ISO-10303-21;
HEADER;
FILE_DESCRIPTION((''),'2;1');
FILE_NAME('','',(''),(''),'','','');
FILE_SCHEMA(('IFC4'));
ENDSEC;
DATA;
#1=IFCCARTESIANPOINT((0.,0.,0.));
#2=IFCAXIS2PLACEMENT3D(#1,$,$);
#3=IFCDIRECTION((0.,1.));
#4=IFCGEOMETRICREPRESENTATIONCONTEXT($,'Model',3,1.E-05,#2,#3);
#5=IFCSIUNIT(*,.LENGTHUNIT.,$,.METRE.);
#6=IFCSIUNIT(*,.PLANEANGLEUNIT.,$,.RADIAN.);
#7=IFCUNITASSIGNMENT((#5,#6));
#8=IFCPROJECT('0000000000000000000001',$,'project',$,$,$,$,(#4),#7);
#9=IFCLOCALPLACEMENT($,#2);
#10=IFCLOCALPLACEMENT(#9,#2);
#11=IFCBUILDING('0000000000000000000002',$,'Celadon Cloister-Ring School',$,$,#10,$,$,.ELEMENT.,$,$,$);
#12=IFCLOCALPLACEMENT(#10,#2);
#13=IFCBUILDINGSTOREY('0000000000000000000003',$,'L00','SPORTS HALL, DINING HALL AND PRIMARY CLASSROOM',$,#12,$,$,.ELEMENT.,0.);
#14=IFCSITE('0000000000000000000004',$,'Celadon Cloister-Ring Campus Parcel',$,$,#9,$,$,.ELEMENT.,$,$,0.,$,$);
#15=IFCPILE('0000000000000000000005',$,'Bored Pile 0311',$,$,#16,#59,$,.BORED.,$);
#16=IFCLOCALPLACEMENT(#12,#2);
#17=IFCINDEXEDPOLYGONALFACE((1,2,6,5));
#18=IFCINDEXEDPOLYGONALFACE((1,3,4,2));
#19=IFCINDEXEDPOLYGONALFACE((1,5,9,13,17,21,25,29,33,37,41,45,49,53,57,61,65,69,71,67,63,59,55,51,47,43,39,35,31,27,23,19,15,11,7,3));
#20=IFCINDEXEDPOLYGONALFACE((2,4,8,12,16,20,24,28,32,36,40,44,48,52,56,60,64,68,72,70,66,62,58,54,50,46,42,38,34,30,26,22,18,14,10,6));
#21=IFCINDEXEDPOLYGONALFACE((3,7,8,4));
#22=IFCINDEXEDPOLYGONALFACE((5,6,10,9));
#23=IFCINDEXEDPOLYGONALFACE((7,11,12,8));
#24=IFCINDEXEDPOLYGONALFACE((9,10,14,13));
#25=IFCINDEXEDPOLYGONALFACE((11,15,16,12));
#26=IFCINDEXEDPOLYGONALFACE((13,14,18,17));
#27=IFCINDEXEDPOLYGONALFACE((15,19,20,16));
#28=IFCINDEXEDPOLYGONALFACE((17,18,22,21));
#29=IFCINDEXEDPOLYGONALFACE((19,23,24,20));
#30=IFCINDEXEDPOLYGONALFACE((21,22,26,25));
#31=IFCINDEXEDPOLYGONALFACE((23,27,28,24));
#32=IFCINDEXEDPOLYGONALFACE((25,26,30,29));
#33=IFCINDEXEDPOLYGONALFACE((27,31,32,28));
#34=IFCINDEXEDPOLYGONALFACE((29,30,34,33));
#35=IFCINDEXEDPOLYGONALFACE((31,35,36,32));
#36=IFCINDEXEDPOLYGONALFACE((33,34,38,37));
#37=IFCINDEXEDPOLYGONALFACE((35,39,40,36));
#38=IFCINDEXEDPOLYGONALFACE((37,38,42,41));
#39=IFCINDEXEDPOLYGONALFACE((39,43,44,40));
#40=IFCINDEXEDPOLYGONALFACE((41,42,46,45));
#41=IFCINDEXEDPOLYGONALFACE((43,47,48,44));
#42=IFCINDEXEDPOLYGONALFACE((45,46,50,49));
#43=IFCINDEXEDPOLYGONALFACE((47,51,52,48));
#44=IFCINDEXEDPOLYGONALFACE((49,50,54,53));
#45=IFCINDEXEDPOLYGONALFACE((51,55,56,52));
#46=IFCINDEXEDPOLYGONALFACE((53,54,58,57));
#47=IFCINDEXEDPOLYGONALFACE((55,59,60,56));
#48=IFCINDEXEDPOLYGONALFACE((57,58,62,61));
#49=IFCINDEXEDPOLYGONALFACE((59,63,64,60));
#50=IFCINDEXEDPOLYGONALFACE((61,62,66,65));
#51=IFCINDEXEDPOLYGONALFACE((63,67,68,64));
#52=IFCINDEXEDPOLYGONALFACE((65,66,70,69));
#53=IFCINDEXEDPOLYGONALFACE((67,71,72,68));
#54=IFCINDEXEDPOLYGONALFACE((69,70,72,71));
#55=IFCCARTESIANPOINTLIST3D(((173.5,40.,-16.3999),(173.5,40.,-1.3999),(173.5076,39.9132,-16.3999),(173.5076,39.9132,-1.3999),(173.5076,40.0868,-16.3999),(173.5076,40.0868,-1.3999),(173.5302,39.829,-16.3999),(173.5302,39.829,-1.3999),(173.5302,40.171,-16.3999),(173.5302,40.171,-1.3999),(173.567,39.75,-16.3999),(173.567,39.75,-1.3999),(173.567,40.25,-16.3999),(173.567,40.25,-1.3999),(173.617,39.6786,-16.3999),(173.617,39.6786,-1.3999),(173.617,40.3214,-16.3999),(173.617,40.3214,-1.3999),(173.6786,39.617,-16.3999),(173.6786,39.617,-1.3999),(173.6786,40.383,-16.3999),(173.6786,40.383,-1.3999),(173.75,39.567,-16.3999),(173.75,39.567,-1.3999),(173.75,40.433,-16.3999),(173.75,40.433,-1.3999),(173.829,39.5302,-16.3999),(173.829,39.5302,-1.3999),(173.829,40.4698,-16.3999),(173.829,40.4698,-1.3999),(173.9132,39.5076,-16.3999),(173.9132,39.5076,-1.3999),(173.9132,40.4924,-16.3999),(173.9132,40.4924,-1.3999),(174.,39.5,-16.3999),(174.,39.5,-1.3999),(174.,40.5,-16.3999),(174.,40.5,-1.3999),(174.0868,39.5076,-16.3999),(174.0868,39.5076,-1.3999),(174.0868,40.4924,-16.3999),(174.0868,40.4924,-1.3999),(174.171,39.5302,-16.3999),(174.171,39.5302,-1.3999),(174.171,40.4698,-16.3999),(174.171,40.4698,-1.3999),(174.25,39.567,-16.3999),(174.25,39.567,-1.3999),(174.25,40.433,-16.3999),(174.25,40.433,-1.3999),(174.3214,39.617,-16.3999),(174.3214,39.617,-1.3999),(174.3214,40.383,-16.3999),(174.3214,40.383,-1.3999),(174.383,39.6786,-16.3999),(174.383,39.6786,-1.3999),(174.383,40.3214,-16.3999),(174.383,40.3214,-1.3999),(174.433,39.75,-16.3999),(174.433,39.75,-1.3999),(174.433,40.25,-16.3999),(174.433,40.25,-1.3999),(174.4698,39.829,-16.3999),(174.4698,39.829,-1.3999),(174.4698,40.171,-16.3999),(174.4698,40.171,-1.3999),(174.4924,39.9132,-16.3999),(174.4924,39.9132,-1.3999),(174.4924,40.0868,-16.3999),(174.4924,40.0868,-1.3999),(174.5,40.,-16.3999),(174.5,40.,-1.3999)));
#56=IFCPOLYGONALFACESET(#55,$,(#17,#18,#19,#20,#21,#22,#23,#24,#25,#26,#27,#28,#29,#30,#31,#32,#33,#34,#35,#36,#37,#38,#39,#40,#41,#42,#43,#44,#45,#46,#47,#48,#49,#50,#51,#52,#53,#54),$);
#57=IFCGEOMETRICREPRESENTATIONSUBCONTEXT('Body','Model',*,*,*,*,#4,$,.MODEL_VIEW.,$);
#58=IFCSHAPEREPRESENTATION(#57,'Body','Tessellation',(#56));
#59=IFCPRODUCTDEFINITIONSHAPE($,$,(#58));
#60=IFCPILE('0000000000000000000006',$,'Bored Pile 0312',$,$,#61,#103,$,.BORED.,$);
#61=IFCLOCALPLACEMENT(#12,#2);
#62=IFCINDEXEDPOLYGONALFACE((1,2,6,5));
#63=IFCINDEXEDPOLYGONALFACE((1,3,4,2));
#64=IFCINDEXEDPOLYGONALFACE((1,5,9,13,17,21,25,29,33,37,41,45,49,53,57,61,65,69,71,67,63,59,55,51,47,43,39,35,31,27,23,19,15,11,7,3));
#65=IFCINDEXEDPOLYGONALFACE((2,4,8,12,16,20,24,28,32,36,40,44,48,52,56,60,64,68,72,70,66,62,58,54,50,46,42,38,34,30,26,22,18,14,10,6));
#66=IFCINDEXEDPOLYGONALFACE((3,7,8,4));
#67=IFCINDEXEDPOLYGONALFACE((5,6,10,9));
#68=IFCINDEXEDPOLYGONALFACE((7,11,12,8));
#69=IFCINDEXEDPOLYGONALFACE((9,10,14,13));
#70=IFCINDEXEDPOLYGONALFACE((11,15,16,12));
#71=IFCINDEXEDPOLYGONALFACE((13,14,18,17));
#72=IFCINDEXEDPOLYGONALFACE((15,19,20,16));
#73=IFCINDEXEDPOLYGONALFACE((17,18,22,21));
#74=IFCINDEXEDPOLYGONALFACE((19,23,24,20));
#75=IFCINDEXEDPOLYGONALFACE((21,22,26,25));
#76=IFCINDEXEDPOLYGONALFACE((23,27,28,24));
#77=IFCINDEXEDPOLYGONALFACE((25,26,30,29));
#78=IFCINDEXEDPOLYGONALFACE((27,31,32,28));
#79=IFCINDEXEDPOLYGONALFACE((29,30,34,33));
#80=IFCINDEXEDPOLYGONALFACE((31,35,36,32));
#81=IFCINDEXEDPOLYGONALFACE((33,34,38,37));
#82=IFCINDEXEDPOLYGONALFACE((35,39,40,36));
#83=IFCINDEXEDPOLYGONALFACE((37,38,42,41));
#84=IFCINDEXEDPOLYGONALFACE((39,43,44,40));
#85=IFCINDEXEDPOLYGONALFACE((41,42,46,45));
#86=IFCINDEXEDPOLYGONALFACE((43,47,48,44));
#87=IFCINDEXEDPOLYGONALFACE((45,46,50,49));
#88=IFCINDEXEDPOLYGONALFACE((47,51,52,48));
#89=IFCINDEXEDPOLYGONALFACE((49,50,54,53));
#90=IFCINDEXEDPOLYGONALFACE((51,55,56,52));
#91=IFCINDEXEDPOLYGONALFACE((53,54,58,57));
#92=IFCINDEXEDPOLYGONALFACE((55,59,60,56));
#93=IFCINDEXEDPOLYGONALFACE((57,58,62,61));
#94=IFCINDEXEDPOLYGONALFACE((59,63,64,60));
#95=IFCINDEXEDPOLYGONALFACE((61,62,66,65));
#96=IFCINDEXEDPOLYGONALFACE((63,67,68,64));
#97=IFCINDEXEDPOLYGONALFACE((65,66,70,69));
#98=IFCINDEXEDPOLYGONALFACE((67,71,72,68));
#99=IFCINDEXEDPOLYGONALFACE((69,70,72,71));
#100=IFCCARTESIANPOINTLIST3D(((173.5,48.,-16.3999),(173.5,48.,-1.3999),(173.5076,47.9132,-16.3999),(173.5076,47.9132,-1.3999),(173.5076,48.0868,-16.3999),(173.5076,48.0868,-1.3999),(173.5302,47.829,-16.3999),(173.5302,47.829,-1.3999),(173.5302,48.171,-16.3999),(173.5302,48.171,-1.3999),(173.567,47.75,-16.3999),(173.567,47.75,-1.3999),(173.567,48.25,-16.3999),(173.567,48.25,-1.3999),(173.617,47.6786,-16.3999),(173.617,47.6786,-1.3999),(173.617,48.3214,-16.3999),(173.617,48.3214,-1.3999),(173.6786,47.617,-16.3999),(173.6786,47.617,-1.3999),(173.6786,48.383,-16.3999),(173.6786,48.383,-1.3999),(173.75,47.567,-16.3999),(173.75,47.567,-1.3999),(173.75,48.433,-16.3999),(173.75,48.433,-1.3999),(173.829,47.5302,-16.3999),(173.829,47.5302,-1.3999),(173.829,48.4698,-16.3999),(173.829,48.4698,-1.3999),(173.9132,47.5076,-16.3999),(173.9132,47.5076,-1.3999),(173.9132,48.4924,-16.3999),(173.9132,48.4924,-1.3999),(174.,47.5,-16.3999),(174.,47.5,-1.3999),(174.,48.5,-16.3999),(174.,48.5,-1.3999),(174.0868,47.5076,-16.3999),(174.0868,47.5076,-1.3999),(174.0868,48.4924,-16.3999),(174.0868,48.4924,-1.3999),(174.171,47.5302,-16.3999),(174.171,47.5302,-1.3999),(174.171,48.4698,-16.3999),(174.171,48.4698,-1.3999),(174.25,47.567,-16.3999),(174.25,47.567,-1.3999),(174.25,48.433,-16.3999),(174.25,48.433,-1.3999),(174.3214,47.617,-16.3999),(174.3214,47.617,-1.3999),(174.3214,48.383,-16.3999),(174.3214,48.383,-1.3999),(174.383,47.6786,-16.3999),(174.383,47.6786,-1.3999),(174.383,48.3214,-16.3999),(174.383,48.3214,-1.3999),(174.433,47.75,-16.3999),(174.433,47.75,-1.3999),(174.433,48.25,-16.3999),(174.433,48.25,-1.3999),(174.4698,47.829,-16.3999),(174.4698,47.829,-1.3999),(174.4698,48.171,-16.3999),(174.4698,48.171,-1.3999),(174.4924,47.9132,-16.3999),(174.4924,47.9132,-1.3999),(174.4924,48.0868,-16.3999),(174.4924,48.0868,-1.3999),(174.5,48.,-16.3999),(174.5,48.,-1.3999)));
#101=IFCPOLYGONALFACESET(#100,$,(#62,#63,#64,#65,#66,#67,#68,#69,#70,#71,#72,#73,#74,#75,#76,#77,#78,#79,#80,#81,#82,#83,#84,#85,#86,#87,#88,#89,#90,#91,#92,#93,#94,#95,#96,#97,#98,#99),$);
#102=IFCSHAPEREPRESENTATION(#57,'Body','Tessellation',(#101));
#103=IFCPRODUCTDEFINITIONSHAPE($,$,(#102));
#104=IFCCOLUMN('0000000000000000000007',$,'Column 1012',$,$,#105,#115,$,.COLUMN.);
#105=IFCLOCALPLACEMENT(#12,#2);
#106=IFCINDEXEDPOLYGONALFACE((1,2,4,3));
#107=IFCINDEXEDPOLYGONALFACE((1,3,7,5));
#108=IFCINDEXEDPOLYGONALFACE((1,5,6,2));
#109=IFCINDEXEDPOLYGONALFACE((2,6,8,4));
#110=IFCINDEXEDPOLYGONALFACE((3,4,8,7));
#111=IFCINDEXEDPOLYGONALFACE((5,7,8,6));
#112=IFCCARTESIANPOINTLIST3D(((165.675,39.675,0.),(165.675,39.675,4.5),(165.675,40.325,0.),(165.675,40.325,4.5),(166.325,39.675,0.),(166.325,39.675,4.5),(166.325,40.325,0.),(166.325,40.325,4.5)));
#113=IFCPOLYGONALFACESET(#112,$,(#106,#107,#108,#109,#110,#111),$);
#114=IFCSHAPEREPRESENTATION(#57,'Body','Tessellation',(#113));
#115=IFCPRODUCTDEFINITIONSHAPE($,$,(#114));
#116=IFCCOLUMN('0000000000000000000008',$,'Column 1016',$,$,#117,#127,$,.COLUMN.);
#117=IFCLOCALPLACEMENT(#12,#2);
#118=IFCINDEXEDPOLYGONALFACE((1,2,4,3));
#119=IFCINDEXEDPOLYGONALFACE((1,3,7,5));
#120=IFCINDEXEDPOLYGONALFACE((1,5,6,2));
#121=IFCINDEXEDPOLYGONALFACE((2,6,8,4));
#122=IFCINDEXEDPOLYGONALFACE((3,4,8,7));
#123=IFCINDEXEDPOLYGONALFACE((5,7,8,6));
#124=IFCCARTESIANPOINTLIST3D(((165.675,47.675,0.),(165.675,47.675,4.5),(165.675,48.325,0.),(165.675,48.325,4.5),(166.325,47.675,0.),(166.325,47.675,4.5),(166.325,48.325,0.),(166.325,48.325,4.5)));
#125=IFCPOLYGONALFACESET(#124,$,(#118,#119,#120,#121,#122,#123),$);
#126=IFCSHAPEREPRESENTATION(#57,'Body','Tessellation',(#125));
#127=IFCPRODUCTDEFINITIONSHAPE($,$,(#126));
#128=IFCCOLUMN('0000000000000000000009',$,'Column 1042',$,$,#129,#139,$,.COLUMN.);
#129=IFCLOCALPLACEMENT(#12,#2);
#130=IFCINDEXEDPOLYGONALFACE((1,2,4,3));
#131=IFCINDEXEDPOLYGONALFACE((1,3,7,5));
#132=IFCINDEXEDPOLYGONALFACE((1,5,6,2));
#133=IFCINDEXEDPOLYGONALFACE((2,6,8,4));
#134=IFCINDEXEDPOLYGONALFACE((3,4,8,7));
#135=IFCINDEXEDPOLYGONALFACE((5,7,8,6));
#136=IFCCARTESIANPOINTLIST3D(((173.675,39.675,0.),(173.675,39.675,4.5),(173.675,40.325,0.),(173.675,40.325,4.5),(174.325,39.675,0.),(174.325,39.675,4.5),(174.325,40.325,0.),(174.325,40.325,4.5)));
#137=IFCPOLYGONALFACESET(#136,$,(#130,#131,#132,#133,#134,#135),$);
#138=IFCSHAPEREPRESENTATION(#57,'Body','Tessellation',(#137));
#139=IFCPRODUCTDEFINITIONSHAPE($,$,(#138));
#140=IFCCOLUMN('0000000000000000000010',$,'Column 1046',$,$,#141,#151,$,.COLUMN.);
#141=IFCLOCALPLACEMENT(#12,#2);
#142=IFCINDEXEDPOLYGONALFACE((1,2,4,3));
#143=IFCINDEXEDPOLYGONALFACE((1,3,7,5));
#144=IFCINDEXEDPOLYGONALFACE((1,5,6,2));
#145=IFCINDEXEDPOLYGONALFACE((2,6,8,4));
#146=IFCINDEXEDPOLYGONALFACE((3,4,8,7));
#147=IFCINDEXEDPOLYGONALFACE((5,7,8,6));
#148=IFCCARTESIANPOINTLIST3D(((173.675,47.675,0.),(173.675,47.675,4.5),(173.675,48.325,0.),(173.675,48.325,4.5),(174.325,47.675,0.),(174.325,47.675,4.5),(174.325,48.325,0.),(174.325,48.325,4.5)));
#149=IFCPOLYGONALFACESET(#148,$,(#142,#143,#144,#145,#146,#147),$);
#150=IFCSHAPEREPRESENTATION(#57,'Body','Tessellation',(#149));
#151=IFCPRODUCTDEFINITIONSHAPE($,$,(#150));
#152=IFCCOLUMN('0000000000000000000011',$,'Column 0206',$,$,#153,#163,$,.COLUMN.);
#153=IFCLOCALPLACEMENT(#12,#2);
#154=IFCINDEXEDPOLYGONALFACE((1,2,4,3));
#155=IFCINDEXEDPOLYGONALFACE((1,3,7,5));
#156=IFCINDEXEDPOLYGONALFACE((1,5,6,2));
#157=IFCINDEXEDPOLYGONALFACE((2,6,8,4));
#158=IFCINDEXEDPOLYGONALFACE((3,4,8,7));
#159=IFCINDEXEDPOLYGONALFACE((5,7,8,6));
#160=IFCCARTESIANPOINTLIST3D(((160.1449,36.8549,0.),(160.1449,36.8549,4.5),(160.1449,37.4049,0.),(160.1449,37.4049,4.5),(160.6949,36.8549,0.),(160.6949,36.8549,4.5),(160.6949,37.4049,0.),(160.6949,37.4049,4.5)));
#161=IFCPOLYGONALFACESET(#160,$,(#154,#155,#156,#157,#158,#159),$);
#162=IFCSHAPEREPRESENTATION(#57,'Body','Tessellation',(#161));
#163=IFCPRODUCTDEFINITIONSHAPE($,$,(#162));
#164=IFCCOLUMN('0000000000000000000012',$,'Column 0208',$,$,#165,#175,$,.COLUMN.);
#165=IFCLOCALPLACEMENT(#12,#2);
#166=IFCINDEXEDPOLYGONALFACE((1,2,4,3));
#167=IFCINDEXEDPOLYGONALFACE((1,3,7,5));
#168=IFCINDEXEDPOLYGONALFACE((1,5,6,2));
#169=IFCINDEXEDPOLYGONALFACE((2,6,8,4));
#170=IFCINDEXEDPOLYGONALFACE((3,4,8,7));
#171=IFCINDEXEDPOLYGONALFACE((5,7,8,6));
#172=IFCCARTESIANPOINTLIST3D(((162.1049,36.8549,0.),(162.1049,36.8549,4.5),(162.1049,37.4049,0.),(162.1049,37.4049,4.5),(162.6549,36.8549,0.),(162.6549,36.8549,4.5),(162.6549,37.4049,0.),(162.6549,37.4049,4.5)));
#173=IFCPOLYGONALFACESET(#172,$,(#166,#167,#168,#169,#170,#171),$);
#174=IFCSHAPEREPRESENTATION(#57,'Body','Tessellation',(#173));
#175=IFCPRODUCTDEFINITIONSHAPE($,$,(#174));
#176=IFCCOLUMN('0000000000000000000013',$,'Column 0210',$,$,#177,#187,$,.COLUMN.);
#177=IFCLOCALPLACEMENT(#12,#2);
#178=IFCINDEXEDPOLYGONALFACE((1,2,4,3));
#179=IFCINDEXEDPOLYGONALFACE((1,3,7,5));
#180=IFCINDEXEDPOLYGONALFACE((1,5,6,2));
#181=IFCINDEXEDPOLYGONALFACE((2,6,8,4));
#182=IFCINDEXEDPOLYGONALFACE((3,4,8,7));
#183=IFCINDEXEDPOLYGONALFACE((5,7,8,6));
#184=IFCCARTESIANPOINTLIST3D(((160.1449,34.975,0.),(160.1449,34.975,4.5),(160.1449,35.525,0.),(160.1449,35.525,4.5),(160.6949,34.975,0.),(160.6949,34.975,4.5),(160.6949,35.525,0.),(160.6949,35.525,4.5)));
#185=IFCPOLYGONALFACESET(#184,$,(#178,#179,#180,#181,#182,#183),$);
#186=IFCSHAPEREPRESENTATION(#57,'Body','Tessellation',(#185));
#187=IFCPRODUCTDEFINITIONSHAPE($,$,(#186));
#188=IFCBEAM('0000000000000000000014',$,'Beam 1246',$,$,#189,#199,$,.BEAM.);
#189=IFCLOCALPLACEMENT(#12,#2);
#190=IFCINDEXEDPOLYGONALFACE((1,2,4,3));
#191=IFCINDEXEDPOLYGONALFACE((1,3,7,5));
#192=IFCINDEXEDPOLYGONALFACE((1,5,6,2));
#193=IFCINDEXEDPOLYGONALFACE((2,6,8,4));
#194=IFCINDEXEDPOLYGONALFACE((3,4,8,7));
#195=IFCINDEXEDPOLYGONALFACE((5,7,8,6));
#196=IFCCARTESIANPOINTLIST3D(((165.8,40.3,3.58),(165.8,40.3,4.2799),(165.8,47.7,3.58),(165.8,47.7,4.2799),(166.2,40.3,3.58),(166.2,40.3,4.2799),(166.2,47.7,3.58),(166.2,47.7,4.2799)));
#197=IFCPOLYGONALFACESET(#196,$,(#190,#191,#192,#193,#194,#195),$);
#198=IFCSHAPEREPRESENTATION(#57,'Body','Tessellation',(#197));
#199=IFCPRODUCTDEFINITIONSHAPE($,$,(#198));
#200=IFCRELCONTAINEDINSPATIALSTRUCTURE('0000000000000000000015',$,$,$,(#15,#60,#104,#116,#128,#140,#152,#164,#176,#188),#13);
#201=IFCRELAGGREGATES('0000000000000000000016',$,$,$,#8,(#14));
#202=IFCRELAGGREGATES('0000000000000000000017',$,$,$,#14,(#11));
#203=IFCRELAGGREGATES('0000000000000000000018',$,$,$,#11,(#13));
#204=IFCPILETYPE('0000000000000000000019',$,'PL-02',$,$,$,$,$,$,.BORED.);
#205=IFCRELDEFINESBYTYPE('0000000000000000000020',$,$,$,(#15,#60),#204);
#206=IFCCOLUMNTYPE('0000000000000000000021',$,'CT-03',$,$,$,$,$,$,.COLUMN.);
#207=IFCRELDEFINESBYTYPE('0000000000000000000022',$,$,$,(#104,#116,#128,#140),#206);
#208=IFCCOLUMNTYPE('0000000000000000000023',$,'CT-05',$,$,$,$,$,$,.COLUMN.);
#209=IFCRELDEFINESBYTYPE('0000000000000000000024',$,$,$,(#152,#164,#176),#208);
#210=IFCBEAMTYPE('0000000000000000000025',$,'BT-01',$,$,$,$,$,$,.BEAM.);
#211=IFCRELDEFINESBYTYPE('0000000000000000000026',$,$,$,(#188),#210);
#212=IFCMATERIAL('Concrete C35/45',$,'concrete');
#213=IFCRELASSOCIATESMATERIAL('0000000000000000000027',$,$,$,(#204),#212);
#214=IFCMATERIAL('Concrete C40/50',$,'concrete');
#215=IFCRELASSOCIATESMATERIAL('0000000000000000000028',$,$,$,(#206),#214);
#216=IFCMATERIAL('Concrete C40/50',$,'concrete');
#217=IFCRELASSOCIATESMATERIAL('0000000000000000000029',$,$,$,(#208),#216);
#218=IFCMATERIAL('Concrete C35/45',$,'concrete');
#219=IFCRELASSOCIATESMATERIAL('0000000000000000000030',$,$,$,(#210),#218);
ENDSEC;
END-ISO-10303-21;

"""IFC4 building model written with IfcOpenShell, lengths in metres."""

from ifc_helpers import new_model, si_unit, direction, frame, origin, origin_2d, place, context, subcontext, project, spatial, rectangle, circle, extrude, material, material_profile, profile_set, type_object, element, save


model = new_model("IFC4")

# Units and contexts
model_context = context("Model", 3, precision=1e-05, world=origin(), true_north=direction((0.0, 1.0)))
body_context = subcontext(model_context, "Body", "Model", "MODEL_VIEW")
ifc_project = project(units=[si_unit("LENGTHUNIT", "METRE"), si_unit("PLANEANGLEUNIT", "RADIAN")], contexts=[model_context])

# Site, building, storey
site_placement = place(None, origin())
site = spatial("IfcSite", under=ifc_project, at=site_placement, Name="Celadon Cloister-Ring Campus Parcel", CompositionType="ELEMENT", RefElevation=0.0)
building_placement = place(site_placement, origin())
building = spatial("IfcBuilding", under=site, at=building_placement, Name="Celadon Cloister-Ring School", CompositionType="ELEMENT")
storey_placement = place(building_placement, origin())
storey = spatial("IfcBuildingStorey", under=building, at=storey_placement, Name="L00", Description="SPORTS HALL, DINING HALL AND PRIMARY CLASSROOM", CompositionType="ELEMENT", Elevation=0.0)

# Piles
ifc_material_1 = material(Name="Concrete C35/45", Category="concrete")
ifc_material_profile_1 = material_profile(ifc_material_1, circle(Radius=0.5, at=origin_2d()), Name="PILE1000")
ifc_profile_set_1 = profile_set([ifc_material_profile_1], Name="Concrete C35/45")
pile_type = type_object("IfcPileType", Name="PL-02", PredefinedType="BORED", material=ifc_profile_set_1)
for number, where, z_axis, x_axis, name in (
    (1, (174.0, 40.0, -1.3999), (0.0, 0.0, -1.0), (1.0, 0.0, 0.0), "Bored Pile 0311"),
    (2, (174.0, 48.0, -1.3999), (0.0, 0.0, -1.0), (1.0, 0.0, 0.0), "Bored Pile 0312"),
):
    element("IfcPile", number, at=place(storey_placement, frame(where, z_axis=z_axis, x_axis=x_axis)), inside=storey, type_object=pile_type, Name=name, PredefinedType="BORED", context=body_context, shape_type="SweptSolid", body=[
        extrude(circle(Radius=0.5, at=origin_2d()), origin(), (0.0, 0.0, 1.0), 15.0),
    ])

# Columns
ifc_material_2 = material(Name="Concrete C40/50", Category="concrete")
ifc_material_profile_2 = material_profile(ifc_material_2, rectangle(XDim=0.6499, YDim=0.6499, at=origin_2d()), Name="RC650X650")
ifc_profile_set_2 = profile_set([ifc_material_profile_2], Name="Concrete C40/50")
column_type_1 = type_object("IfcColumnType", Name="CT-03", PredefinedType="COLUMN", material=ifc_profile_set_2)
for number, where, z_axis, x_axis, name in (
    (3, (166.0, 40.0, 0.0), (0.0, 0.0, 1.0), (1.0, 0.0, 0.0), "Column 1012"),
    (4, (166.0, 48.0, 0.0), (0.0, 0.0, 1.0), (1.0, 0.0, 0.0), "Column 1016"),
    (5, (174.0, 40.0, 0.0), (0.0, 0.0, 1.0), (1.0, 0.0, 0.0), "Column 1042"),
    (6, (174.0, 48.0, 0.0), (0.0, 0.0, 1.0), (1.0, 0.0, 0.0), "Column 1046"),
):
    element("IfcColumn", number, at=place(storey_placement, frame(where, z_axis=z_axis, x_axis=x_axis)), inside=storey, type_object=column_type_1, Name=name, PredefinedType="COLUMN", context=body_context, shape_type="SweptSolid", body=[
        extrude(rectangle(XDim=0.6499, YDim=0.6499, at=origin_2d()), origin(), (0.0, 0.0, 1.0), 4.5),
    ])
ifc_material_3 = material(Name="Concrete C40/50", Category="concrete")
ifc_material_profile_3 = material_profile(ifc_material_3, rectangle(XDim=0.55, YDim=0.55, at=origin_2d()), Name="RC550X550")
ifc_profile_set_3 = profile_set([ifc_material_profile_3], Name="Concrete C40/50")
column_type_2 = type_object("IfcColumnType", Name="CT-05", PredefinedType="COLUMN", material=ifc_profile_set_3)
for number, where, z_axis, x_axis, name in (
    (7, (160.4199, 37.1299, 0.0), (0.0, 0.0, 1.0), (1.0, 0.0, 0.0), "Column 0206"),
    (8, (162.3799, 37.1299, 0.0), (0.0, 0.0, 1.0), (1.0, 0.0, 0.0), "Column 0208"),
    (9, (160.4199, 35.25, 0.0), (0.0, 0.0, 1.0), (1.0, 0.0, 0.0), "Column 0210"),
):
    element("IfcColumn", number, at=place(storey_placement, frame(where, z_axis=z_axis, x_axis=x_axis)), inside=storey, type_object=column_type_2, Name=name, PredefinedType="COLUMN", context=body_context, shape_type="SweptSolid", body=[
        extrude(rectangle(XDim=0.55, YDim=0.55, at=origin_2d()), origin(), (0.0, 0.0, 1.0), 4.5),
    ])

# Beam
ifc_material_4 = material(Name="Concrete C35/45", Category="concrete")
ifc_material_profile_4 = material_profile(ifc_material_4, rectangle(XDim=0.3999, YDim=0.7, at=origin_2d()), Name="RC400X700")
ifc_profile_set_4 = profile_set([ifc_material_profile_4], Name="Concrete C35/45")
beam_type_1 = type_object("IfcBeamType", Name="BT-01", PredefinedType="BEAM", material=ifc_profile_set_4)
beam_1_placement = place(storey_placement, frame((166.0, 40.3, 3.9299), z_axis=(0.0, 1.0, 0.0), x_axis=(-1.0, 0.0, 0.0)))
element("IfcBeam", 10, at=beam_1_placement, inside=storey, type_object=beam_type_1, Name="Beam 1246", PredefinedType="BEAM", context=body_context, shape_type="SweptSolid", body=[
    extrude(rectangle(XDim=0.3999, YDim=0.7, at=origin_2d()), origin(), (0.0, 0.0, 1.0), 7.3999),
])

save(model, "model.ifc")
